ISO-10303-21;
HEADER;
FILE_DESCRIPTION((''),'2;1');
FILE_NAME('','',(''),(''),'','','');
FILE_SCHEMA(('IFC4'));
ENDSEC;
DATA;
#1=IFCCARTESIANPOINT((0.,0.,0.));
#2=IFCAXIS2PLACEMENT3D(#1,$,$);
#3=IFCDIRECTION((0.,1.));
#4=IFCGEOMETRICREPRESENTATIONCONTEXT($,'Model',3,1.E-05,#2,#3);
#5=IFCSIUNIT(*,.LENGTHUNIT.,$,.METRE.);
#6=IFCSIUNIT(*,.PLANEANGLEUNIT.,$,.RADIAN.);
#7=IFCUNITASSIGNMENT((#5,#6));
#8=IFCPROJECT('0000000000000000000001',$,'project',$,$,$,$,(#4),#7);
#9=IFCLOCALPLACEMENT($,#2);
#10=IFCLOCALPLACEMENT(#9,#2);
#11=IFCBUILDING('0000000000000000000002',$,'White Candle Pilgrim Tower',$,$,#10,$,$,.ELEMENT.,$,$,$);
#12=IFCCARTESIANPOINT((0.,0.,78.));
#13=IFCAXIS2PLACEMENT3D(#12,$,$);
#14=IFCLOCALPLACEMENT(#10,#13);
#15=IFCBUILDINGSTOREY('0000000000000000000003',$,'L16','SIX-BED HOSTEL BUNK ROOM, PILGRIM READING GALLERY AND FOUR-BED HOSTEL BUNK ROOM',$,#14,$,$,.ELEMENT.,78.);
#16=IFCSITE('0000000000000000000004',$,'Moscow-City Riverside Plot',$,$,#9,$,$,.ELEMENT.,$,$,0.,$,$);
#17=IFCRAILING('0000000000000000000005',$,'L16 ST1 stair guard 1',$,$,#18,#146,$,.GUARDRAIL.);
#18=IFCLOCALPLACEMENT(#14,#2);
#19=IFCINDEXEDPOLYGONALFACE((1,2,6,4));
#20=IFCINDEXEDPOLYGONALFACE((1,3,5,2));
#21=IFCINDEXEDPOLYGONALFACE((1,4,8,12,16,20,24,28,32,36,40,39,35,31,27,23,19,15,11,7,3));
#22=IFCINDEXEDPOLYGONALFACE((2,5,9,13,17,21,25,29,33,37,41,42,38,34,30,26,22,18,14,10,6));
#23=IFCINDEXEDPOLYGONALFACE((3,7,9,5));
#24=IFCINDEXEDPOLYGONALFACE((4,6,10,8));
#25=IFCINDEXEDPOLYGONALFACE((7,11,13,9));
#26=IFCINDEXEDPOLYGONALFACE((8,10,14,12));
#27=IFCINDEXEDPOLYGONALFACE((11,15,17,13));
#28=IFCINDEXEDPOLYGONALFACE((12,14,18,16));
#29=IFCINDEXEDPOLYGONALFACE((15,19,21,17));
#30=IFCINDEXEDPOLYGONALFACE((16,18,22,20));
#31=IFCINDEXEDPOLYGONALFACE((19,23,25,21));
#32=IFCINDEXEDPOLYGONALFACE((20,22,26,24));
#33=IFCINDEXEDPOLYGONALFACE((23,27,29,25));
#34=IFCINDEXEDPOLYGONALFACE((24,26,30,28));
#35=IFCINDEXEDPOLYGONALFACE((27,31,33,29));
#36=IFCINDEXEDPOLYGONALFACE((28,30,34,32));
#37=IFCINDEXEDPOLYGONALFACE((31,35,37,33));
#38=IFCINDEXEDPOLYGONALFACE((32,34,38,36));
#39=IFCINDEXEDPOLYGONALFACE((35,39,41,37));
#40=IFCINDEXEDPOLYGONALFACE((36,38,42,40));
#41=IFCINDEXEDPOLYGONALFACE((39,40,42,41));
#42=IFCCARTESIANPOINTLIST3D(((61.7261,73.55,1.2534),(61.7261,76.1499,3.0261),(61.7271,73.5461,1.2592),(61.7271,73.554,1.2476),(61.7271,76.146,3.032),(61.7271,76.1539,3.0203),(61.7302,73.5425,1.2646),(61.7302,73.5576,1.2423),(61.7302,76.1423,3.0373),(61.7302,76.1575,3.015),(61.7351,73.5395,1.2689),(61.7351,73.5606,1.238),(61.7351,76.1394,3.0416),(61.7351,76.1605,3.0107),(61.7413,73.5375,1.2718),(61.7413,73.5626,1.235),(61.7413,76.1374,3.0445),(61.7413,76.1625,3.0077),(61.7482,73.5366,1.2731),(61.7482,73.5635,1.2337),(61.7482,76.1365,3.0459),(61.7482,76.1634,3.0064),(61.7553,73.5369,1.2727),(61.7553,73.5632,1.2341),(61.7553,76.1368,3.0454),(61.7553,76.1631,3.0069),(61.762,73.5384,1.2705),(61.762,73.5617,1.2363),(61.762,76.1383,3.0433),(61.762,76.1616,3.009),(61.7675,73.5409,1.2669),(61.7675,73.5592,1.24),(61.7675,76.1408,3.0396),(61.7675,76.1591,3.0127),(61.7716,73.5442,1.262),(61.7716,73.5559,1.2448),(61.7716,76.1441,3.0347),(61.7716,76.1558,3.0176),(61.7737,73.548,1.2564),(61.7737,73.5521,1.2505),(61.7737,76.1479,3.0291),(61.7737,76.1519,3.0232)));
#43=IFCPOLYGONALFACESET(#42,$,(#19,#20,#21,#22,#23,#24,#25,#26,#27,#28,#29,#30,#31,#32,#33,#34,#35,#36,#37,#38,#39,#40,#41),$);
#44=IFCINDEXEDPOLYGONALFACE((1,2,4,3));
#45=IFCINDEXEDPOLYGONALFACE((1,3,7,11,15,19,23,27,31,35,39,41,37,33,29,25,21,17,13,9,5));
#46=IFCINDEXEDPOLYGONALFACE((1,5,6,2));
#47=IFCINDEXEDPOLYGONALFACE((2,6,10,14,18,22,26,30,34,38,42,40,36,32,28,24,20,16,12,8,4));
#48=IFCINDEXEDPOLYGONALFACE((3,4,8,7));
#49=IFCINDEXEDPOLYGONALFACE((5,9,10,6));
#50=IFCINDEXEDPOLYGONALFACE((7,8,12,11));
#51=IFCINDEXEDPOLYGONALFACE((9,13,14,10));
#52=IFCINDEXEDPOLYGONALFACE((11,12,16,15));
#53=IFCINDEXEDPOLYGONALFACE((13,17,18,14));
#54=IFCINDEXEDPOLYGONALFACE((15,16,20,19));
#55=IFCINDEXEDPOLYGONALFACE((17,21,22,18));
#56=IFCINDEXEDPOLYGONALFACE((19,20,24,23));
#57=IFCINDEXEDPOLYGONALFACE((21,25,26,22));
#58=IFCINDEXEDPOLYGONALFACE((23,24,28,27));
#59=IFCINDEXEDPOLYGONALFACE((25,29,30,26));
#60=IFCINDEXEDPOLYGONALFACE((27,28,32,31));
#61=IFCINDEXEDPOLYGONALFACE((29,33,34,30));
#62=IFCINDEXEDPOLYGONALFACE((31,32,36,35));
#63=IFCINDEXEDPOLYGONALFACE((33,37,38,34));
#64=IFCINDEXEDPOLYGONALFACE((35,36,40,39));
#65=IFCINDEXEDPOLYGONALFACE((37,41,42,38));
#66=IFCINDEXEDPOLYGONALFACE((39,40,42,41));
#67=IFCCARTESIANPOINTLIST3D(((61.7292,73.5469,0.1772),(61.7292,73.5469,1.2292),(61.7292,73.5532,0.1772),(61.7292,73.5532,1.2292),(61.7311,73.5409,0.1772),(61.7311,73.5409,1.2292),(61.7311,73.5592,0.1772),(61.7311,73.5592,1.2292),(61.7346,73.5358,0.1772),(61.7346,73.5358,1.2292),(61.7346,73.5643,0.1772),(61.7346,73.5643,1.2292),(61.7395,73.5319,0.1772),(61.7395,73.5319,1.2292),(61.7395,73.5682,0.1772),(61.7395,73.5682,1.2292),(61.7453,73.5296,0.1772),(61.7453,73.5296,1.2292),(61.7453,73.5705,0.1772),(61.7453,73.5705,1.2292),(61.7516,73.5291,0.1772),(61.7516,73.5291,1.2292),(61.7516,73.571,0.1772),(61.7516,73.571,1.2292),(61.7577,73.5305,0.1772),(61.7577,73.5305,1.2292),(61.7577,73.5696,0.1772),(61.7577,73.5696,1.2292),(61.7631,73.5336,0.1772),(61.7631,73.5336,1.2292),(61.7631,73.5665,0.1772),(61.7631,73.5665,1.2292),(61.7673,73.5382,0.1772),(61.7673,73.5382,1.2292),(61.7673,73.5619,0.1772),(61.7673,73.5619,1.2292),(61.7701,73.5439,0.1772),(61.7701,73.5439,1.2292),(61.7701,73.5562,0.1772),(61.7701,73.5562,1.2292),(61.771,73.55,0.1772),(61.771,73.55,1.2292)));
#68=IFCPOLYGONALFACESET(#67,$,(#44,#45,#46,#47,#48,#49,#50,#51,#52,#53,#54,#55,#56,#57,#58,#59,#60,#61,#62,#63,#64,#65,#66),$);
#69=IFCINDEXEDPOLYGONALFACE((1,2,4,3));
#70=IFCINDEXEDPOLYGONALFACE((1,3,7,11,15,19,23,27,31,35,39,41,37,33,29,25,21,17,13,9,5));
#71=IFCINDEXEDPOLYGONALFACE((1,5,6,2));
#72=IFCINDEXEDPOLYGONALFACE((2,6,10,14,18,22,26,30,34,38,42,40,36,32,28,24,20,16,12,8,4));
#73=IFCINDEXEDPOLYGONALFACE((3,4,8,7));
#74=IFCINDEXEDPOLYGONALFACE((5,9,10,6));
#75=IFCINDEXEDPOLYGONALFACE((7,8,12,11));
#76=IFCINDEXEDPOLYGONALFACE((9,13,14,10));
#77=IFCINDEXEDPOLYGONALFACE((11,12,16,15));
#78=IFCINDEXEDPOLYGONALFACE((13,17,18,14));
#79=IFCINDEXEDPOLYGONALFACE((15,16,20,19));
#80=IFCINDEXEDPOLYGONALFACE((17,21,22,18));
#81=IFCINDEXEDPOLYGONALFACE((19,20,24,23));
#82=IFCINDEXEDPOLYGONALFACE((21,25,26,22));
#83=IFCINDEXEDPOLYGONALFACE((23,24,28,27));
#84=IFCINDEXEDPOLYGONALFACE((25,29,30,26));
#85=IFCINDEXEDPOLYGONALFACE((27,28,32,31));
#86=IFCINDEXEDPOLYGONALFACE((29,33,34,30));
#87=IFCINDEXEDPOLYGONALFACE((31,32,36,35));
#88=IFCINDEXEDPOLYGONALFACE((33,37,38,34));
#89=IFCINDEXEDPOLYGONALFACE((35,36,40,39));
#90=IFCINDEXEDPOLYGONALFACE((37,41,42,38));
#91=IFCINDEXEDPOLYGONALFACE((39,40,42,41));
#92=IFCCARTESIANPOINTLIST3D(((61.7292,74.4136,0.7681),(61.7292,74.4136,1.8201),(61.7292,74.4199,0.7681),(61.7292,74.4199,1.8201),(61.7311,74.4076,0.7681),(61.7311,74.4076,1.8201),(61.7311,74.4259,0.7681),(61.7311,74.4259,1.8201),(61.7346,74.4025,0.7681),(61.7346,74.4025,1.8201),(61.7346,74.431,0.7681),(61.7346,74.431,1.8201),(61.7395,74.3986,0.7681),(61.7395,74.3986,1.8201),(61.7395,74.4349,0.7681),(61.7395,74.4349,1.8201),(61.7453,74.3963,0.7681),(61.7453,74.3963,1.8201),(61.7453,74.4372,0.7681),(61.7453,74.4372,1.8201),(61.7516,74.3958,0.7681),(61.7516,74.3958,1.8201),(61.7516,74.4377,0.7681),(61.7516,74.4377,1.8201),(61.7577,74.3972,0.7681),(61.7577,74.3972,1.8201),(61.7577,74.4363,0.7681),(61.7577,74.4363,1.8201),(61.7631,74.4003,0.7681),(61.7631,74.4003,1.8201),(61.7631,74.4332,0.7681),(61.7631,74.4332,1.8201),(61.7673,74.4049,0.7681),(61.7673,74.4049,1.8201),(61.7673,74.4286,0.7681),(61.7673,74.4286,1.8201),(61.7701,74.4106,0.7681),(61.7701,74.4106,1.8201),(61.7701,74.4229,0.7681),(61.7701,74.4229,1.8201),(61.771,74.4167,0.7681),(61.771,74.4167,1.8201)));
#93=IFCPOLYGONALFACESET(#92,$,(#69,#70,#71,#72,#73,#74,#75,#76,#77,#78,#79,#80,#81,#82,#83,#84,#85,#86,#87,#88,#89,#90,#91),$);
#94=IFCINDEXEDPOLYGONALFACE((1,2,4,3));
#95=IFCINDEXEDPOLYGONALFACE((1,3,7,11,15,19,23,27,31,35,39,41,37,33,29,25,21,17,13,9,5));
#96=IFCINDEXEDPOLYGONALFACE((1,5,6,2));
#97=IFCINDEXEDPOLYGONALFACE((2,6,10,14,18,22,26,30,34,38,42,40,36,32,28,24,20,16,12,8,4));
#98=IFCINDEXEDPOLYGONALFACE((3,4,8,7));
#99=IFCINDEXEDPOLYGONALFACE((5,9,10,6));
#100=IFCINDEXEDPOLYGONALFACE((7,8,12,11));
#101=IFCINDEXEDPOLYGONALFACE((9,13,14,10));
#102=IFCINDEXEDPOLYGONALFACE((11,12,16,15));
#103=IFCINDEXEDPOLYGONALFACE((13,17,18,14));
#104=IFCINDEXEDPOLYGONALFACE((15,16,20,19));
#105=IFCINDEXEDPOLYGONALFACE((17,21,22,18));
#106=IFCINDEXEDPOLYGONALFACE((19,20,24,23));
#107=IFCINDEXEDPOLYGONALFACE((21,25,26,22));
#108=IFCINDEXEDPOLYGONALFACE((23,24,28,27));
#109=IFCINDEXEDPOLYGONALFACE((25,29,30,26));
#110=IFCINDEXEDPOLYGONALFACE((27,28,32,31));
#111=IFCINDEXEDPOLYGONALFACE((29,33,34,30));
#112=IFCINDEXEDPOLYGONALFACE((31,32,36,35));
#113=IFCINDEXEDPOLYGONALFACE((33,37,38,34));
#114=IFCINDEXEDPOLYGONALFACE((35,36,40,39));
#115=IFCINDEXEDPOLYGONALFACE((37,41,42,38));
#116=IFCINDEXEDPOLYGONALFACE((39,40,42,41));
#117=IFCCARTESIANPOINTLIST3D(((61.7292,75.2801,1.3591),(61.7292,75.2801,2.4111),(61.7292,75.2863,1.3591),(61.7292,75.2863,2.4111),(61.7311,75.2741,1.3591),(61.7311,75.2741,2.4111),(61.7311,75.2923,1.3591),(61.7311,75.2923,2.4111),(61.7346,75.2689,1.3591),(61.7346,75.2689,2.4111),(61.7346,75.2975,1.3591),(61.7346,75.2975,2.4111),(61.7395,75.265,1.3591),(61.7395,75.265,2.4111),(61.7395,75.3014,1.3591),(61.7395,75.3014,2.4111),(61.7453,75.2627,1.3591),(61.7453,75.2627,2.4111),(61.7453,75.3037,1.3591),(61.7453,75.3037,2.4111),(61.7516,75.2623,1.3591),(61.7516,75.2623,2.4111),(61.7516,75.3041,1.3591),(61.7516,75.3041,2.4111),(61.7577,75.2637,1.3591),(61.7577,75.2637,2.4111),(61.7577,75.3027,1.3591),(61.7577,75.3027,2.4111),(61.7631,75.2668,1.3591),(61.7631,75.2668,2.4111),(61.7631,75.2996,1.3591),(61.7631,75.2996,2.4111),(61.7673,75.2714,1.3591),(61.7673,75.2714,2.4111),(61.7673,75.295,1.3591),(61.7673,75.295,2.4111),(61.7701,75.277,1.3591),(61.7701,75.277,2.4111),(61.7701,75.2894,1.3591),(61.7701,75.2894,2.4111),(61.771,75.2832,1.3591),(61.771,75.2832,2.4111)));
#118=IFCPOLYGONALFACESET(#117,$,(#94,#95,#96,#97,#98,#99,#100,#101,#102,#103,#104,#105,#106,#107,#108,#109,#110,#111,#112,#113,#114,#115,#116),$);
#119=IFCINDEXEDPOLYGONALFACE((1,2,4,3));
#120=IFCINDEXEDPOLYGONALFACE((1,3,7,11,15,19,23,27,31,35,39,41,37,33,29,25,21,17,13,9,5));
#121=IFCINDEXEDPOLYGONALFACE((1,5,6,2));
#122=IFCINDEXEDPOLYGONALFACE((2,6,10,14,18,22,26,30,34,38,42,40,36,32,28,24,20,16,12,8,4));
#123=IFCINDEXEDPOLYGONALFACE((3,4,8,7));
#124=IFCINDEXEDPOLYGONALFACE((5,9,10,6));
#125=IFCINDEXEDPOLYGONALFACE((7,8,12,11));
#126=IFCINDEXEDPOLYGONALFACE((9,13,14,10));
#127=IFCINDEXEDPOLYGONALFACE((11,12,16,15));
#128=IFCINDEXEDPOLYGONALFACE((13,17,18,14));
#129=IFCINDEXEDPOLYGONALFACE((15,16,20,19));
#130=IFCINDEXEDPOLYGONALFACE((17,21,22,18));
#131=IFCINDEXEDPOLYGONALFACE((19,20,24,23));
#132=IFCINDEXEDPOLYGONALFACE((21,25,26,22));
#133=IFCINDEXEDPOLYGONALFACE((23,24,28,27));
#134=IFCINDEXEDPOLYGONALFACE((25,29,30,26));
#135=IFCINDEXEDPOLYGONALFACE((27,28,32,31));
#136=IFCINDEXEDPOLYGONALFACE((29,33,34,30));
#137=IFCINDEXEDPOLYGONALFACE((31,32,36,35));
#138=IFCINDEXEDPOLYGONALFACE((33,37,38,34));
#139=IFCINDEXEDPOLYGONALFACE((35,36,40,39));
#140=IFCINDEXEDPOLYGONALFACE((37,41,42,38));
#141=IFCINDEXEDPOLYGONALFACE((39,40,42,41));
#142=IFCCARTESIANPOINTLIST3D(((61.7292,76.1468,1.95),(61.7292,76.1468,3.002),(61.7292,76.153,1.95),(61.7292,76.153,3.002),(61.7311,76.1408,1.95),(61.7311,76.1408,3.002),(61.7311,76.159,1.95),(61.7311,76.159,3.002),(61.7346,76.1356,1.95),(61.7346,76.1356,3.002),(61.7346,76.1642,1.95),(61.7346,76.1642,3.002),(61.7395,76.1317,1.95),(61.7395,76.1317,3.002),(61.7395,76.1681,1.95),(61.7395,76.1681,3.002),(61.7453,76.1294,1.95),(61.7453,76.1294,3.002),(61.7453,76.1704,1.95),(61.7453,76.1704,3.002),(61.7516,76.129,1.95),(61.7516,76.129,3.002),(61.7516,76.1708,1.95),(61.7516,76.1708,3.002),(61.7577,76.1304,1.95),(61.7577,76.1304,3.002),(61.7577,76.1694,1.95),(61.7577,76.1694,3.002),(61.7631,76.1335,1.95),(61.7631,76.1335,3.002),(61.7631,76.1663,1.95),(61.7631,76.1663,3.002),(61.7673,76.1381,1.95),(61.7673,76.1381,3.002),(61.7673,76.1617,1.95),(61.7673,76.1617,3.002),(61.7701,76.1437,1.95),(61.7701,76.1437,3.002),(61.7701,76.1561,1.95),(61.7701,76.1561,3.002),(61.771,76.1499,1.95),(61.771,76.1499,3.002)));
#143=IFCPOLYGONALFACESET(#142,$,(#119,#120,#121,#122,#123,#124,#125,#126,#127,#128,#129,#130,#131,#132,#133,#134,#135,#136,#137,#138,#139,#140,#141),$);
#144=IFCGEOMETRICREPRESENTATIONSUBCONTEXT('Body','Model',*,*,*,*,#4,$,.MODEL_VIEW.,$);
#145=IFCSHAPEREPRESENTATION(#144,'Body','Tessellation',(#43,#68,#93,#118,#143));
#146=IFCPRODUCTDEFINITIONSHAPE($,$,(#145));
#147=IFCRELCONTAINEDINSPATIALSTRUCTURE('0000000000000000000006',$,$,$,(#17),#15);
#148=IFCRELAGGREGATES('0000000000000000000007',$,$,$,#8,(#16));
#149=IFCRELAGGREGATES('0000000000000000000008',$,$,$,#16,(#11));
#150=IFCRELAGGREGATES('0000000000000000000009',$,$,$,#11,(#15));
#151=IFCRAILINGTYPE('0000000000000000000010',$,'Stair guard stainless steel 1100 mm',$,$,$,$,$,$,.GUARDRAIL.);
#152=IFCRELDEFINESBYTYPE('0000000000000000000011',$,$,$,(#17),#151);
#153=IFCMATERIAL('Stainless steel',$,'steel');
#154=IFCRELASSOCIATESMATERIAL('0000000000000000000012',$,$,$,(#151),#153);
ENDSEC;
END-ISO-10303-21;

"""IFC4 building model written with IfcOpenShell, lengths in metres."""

from ifc_helpers import new_model, si_unit, direction, frame, origin, origin_2d, place, context, subcontext, project, spatial, circle, extrude, material, type_object, element, save


model = new_model("IFC4")

# Units and contexts
model_context = context("Model", 3, precision=1e-05, world=origin(), true_north=direction((0.0, 1.0)))
body_context = subcontext(model_context, "Body", "Model", "MODEL_VIEW")
ifc_project = project(units=[si_unit("LENGTHUNIT", "METRE"), si_unit("PLANEANGLEUNIT", "RADIAN")], contexts=[model_context])

# Site, building, storey
site_placement = place(None, origin())
site = spatial("IfcSite", under=ifc_project, at=site_placement, Name="Moscow-City Riverside Plot", CompositionType="ELEMENT", RefElevation=0.0)
building_placement = place(site_placement, origin())
building = spatial("IfcBuilding", under=site, at=building_placement, Name="White Candle Pilgrim Tower", CompositionType="ELEMENT")
storey_placement = place(building_placement, frame((0.0, 0.0, 78.0)))
storey = spatial("IfcBuildingStorey", under=building, at=storey_placement, Name="L16", Description="SIX-BED HOSTEL BUNK ROOM, PILGRIM READING GALLERY AND FOUR-BED HOSTEL BUNK ROOM", CompositionType="ELEMENT", Elevation=78.0)

# Railing
ifc_material_1 = material(Name="Stainless steel", Category="steel")
railing_type_1 = type_object("IfcRailingType", Name="Stair guard stainless steel 1100 mm", PredefinedType="GUARDRAIL", material=ifc_material_1)
railing_1_placement = place(storey_placement, frame((61.75, 73.55, 0.1772)))
element("IfcRailing", 1, at=railing_1_placement, inside=storey, type_object=railing_type_1, Name="L16 ST1 stair guard 1", PredefinedType="GUARDRAIL", context=body_context, shape_type="SweptSolid", body=[
    extrude(circle(Radius=0.0239, at=origin_2d()), frame((0.0, 0.0, 1.0762), z_axis=(0.0, 0.826216, 0.563354), x_axis=(-1.0, 0.0, 0.0)), (0.0, 0.0, 1.0), 3.1467),
    extrude(circle(Radius=0.021, at=origin_2d()), origin(), (0.0, 0.0, 1.0), 1.052),
    extrude(circle(Radius=0.021, at=origin_2d()), frame((0.0, 0.8667, 0.5908)), (0.0, 0.0, 1.0), 1.052),
    extrude(circle(Radius=0.021, at=origin_2d()), frame((0.0, 1.7332, 1.1819)), (0.0, 0.0, 1.0), 1.052),
    extrude(circle(Radius=0.021, at=origin_2d()), frame((0.0, 2.5999, 1.7727)), (0.0, 0.0, 1.0), 1.052),
])

save(model, "model.ifc")
